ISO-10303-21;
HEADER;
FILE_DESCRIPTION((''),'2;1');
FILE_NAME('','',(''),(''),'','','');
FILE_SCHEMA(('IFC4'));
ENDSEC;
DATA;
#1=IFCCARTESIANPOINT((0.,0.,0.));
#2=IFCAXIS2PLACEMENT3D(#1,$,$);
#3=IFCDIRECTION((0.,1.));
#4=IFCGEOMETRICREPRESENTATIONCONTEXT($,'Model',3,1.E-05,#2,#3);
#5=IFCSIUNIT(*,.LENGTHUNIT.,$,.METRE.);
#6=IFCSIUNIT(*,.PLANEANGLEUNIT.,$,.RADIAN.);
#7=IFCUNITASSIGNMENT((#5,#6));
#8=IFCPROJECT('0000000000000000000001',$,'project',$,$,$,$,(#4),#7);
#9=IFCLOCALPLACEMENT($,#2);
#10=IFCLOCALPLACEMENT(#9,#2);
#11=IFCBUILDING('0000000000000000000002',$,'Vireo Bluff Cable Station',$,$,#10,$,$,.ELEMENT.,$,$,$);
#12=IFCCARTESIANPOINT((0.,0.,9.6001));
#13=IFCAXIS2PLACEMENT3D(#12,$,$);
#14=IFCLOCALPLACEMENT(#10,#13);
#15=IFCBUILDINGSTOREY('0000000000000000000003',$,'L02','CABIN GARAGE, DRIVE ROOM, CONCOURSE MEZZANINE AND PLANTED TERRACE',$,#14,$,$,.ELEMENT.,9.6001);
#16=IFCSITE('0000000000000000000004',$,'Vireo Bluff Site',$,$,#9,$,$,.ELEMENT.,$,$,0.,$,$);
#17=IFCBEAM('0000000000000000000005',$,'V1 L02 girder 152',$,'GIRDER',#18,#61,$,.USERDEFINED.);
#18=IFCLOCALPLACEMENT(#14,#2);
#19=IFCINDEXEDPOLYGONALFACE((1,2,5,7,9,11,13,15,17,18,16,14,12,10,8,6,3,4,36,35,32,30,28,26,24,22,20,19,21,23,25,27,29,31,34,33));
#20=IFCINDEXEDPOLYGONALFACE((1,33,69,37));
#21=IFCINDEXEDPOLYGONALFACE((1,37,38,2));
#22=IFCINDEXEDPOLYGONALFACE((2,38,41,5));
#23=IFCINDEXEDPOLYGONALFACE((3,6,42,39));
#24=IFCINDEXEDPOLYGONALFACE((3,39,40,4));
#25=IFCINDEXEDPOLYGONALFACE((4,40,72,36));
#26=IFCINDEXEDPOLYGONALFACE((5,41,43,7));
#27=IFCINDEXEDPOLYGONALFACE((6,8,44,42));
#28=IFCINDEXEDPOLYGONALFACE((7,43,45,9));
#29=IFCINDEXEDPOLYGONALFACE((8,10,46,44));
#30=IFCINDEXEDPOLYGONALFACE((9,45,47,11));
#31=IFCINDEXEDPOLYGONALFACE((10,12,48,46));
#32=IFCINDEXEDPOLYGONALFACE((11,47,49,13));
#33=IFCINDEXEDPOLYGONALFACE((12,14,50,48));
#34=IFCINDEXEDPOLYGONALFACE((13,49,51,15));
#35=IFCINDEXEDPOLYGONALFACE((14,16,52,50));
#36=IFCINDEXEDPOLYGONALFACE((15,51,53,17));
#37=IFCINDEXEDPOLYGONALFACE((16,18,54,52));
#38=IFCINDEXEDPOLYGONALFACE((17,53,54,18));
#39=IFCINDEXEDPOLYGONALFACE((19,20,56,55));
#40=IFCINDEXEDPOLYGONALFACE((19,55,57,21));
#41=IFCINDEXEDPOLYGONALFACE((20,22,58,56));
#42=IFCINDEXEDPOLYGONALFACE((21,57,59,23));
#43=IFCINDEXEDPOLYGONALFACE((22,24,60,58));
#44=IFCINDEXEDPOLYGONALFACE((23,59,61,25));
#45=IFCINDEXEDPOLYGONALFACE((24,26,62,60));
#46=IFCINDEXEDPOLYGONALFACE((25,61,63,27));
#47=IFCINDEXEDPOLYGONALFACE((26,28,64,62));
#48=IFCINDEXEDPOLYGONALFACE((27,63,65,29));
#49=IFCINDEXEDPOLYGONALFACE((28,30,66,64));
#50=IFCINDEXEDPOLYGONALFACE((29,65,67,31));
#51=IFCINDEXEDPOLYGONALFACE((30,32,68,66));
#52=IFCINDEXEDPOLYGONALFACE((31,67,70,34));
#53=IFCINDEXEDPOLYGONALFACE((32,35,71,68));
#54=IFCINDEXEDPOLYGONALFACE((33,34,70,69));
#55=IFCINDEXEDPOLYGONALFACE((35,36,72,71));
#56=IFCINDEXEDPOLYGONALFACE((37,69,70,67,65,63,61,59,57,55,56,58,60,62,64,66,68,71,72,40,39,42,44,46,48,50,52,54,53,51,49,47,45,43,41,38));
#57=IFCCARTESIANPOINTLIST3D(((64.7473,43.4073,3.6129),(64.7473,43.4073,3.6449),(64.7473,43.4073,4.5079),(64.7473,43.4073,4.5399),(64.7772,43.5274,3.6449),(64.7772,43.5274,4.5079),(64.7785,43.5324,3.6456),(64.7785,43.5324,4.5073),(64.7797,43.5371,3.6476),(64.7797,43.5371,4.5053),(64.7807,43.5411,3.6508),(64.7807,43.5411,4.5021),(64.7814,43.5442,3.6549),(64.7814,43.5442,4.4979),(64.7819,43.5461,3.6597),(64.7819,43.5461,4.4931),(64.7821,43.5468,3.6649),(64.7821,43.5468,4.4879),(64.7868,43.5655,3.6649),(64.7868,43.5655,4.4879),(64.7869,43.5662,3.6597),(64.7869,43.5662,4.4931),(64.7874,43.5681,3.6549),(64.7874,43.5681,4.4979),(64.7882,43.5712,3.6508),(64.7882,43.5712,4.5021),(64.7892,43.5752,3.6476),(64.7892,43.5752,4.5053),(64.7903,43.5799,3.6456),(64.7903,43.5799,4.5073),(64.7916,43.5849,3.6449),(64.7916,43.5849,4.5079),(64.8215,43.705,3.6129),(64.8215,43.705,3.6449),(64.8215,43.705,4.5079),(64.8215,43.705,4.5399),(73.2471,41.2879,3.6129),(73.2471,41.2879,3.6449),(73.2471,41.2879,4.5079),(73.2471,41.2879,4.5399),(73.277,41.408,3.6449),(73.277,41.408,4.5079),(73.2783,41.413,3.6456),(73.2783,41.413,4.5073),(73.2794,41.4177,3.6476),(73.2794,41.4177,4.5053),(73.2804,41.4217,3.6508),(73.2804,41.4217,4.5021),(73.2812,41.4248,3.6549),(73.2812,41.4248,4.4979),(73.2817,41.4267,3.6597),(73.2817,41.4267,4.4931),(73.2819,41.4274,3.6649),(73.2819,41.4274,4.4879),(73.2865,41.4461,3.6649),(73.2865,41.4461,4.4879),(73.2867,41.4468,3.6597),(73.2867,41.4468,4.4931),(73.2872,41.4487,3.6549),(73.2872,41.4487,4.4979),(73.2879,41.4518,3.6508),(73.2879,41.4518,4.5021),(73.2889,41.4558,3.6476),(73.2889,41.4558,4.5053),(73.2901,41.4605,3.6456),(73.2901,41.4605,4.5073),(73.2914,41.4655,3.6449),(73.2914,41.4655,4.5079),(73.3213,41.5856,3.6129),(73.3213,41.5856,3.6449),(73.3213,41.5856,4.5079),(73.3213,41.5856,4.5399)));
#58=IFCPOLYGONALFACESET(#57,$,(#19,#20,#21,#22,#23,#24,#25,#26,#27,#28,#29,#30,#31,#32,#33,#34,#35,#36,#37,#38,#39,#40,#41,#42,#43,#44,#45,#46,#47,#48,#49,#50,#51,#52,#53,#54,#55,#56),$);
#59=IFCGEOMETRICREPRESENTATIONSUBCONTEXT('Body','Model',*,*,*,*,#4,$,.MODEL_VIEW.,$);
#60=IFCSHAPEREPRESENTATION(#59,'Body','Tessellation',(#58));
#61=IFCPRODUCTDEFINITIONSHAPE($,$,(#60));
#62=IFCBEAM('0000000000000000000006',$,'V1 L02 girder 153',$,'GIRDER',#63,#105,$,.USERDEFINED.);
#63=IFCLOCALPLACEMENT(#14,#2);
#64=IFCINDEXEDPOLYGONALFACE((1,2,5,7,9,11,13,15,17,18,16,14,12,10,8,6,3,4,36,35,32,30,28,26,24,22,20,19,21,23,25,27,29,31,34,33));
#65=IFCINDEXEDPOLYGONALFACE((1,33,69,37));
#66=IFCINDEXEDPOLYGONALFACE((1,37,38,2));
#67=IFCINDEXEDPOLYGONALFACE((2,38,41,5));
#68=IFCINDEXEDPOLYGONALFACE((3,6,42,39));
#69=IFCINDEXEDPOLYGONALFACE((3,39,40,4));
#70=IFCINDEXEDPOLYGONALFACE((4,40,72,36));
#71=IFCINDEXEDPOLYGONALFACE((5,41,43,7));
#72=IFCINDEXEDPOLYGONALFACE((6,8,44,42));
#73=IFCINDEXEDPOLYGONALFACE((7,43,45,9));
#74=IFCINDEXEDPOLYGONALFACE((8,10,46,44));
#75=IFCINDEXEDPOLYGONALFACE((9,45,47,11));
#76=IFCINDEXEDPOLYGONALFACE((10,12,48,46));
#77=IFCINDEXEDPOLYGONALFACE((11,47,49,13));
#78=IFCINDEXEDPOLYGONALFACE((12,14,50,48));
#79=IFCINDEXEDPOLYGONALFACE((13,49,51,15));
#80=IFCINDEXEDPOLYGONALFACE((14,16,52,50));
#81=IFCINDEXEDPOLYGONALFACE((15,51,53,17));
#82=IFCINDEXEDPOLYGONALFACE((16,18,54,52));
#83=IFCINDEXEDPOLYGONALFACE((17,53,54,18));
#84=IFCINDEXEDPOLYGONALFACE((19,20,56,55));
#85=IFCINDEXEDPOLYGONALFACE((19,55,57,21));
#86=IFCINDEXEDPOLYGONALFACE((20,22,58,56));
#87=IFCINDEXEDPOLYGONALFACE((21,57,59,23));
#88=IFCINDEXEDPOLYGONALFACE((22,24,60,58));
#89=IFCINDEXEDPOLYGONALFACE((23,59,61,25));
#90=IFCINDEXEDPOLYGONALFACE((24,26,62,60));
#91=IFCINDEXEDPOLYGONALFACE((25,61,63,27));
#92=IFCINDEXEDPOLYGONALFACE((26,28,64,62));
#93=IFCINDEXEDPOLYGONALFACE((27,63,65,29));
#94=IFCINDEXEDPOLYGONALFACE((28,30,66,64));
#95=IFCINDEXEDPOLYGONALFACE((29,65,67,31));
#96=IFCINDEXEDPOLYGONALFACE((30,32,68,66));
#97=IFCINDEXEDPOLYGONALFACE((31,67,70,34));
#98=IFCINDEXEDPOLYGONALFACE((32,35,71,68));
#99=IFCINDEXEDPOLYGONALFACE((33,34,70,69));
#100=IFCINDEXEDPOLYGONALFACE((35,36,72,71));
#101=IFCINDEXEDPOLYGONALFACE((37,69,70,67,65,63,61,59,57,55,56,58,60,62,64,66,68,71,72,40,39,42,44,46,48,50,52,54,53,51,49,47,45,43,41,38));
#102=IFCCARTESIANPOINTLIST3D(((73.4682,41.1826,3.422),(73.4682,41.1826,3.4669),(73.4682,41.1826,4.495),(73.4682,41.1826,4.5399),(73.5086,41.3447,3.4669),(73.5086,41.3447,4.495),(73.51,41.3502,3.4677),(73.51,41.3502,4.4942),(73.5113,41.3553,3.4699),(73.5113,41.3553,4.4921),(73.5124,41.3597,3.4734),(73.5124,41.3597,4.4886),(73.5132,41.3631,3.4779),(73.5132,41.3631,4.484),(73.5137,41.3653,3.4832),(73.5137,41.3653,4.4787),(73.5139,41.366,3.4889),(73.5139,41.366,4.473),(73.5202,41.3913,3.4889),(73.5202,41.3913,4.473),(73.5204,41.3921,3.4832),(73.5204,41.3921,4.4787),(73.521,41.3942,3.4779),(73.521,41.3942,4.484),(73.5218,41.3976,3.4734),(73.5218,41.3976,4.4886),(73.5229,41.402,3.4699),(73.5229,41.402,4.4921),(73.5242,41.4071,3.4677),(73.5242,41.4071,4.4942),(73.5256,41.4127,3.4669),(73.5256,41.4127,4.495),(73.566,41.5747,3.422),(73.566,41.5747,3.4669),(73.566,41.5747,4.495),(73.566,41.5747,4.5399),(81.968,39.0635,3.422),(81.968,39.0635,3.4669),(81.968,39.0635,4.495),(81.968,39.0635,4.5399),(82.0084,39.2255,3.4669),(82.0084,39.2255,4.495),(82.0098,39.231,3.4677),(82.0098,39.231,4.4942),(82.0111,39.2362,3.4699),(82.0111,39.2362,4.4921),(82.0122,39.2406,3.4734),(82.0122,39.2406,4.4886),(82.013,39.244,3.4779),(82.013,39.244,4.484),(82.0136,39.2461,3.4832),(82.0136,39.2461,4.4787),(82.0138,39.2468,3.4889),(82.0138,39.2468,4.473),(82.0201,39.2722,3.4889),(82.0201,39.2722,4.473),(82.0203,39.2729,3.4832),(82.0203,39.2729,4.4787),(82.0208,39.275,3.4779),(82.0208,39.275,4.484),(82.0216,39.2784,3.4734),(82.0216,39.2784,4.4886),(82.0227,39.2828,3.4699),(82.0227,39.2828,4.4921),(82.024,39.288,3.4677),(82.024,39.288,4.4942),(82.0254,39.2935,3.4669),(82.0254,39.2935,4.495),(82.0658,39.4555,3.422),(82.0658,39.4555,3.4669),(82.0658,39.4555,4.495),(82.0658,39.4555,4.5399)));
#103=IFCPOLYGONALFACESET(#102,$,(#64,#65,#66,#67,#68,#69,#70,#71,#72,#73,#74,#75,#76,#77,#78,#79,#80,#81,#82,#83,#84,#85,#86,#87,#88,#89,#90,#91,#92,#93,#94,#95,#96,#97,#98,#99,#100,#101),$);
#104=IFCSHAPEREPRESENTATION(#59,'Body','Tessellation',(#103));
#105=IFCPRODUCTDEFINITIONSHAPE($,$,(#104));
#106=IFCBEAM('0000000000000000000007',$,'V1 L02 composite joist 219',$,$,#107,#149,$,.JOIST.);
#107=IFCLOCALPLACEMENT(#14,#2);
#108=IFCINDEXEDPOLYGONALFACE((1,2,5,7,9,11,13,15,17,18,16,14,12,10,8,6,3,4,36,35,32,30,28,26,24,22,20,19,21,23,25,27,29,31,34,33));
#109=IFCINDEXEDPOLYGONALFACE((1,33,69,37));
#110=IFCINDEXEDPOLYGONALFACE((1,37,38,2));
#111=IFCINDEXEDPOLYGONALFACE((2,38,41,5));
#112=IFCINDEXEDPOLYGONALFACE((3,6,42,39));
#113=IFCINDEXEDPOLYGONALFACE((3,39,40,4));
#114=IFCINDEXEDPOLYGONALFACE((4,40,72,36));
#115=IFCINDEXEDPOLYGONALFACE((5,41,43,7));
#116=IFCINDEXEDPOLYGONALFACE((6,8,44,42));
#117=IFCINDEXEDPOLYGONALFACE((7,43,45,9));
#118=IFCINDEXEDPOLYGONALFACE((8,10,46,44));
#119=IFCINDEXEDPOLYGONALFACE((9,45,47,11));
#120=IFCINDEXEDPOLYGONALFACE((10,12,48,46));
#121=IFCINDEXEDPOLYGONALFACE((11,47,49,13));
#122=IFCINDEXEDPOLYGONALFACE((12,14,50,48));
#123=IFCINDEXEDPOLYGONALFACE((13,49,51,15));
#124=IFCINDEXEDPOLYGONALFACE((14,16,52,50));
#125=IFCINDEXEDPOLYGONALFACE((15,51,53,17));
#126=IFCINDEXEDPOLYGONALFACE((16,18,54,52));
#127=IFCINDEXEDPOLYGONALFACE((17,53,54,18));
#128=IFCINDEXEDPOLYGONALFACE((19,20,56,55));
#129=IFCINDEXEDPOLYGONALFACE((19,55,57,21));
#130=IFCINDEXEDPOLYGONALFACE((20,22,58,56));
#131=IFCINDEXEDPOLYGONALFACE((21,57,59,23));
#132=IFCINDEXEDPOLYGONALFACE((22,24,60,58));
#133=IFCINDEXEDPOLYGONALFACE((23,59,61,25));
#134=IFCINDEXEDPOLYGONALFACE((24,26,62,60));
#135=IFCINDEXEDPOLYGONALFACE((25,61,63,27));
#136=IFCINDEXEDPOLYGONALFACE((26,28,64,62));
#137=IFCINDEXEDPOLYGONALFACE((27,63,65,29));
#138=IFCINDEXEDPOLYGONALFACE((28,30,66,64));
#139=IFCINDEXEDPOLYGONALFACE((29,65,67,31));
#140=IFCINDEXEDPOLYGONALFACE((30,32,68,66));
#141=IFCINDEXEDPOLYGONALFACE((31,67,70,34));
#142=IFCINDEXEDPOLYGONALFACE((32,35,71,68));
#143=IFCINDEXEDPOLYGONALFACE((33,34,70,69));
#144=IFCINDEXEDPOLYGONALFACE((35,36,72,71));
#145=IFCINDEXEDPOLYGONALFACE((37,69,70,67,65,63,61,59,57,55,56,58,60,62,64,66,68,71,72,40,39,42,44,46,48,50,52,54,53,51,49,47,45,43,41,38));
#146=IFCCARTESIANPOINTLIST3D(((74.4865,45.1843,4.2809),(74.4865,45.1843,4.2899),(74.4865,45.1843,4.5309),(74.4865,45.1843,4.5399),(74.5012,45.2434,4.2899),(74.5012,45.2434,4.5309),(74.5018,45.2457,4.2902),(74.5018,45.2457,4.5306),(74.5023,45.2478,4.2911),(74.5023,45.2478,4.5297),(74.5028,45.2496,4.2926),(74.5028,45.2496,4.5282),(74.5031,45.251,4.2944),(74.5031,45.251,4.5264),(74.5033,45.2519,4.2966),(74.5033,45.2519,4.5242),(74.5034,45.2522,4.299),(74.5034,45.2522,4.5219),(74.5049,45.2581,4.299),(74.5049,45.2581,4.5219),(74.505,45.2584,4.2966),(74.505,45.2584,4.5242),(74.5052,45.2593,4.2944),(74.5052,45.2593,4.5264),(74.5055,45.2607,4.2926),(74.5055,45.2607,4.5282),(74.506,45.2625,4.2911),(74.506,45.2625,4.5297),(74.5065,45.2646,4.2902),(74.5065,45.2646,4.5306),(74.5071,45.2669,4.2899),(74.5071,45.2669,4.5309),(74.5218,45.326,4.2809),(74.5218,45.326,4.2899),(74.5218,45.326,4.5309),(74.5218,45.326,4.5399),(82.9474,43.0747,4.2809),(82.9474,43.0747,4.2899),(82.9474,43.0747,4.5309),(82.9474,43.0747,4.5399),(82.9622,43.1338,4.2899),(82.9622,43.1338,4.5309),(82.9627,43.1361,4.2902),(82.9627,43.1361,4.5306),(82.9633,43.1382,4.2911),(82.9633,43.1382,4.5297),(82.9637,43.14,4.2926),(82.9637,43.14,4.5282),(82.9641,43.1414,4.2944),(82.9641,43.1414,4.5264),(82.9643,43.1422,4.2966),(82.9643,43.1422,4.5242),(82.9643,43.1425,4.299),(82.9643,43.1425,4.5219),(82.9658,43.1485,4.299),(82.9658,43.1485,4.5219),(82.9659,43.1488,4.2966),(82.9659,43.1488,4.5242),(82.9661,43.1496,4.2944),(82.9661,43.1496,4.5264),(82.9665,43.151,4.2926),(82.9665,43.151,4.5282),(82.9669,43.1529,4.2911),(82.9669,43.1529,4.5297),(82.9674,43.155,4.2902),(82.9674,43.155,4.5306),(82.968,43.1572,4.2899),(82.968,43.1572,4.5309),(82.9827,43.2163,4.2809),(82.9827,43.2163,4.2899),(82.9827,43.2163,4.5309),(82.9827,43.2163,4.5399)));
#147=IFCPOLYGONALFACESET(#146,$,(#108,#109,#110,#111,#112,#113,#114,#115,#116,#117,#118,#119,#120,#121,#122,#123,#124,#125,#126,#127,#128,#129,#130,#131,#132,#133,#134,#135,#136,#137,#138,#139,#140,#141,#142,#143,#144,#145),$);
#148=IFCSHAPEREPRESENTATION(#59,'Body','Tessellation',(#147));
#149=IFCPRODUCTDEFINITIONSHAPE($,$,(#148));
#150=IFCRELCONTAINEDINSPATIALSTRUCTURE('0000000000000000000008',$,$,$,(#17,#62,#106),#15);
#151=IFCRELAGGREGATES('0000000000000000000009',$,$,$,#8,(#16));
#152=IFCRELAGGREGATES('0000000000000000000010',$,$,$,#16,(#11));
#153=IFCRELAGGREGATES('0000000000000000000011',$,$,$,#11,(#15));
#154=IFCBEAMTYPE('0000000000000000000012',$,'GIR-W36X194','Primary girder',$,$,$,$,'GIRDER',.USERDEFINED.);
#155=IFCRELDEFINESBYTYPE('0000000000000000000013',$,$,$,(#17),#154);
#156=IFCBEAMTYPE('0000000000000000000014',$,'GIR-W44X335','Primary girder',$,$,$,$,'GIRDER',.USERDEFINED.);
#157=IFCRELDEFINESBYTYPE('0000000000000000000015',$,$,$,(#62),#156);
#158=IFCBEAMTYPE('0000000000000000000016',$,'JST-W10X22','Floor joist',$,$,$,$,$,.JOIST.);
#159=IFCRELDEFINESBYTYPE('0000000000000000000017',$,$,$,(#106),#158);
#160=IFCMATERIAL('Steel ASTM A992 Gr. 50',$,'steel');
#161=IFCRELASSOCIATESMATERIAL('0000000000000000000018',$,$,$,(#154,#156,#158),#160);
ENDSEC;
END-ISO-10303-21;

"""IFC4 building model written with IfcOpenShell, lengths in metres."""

from ifc_helpers import new_model, si_unit, direction, frame, origin, origin_2d, place, context, subcontext, project, spatial, i_section, extrude, material, material_profile, profile_set, type_object, element, save


model = new_model("IFC4")

# Units and contexts
model_context = context("Model", 3, precision=1e-05, world=origin(), true_north=direction((0.0, 1.0)))
body_context = subcontext(model_context, "Body", "Model", "MODEL_VIEW")
ifc_project = project(units=[si_unit("LENGTHUNIT", "METRE"), si_unit("PLANEANGLEUNIT", "RADIAN")], contexts=[model_context])

# Site, building, storey
site_placement = place(None, origin())
site = spatial("IfcSite", under=ifc_project, at=site_placement, Name="Vireo Bluff Site", CompositionType="ELEMENT", RefElevation=0.0)
building_placement = place(site_placement, origin())
building = spatial("IfcBuilding", under=site, at=building_placement, Name="Vireo Bluff Cable Station", CompositionType="ELEMENT")
storey_placement = place(building_placement, frame((0.0, 0.0, 9.6001)))
storey = spatial("IfcBuildingStorey", under=building, at=storey_placement, Name="L02", Description="CABIN GARAGE, DRIVE ROOM, CONCOURSE MEZZANINE AND PLANTED TERRACE", CompositionType="ELEMENT", Elevation=9.6001)

# Shared definitions
ifc_material_1 = material(Name="Steel ASTM A992 Gr. 50", Category="steel")

# Beams
ifc_material_profile_1 = material_profile(ifc_material_1, i_section(OverallWidth=0.3069, OverallDepth=0.927, WebThickness=0.0193, FlangeThickness=0.032, FilletRadius=0.02, at=origin_2d()), Name="W36X194")
ifc_profile_set_1 = profile_set([ifc_material_profile_1], Name="Steel ASTM A992 Gr. 50")
beam_type_1 = type_object("IfcBeamType", Name="GIR-W36X194", Description="Primary girder", ElementType="GIRDER", PredefinedType="USERDEFINED", material=ifc_profile_set_1)
beam_1_placement = place(storey_placement, frame((64.7844, 43.5562, 4.0764), z_axis=(0.970292, -0.241939, 0.0), x_axis=(0.241939, 0.970292, 0.0)))
element("IfcBeam", 1, at=beam_1_placement, inside=storey, type_object=beam_type_1, Name="V1 L02 girder 152", ObjectType="GIRDER", PredefinedType="USERDEFINED", context=body_context, shape_type="SweptSolid", body=[
    extrude(i_section(OverallWidth=0.3069, OverallDepth=0.927, WebThickness=0.0193, FlangeThickness=0.032, FilletRadius=0.02, at=origin_2d()), origin(), (0.0, 0.0, 1.0), 8.76),
])
ifc_material_profile_2 = material_profile(ifc_material_1, i_section(OverallWidth=0.4041, OverallDepth=1.1179, WebThickness=0.0261, FlangeThickness=0.0449, FilletRadius=0.022, at=origin_2d()), Name="W44X335")
ifc_profile_set_2 = profile_set([ifc_material_profile_2], Name="Steel ASTM A992 Gr. 50")
beam_type_2 = type_object("IfcBeamType", Name="GIR-W44X335", Description="Primary girder", ElementType="GIRDER", PredefinedType="USERDEFINED", material=ifc_profile_set_2)
beam_2_placement = place(storey_placement, frame((73.5171, 41.3787, 3.981), z_axis=(0.970298, -0.241913, 0.0), x_axis=(0.241913, 0.970298, 0.0)))
element("IfcBeam", 2, at=beam_2_placement, inside=storey, type_object=beam_type_2, Name="V1 L02 girder 153", ObjectType="GIRDER", PredefinedType="USERDEFINED", context=body_context, shape_type="SweptSolid", body=[
    extrude(i_section(OverallWidth=0.4041, OverallDepth=1.1179, WebThickness=0.0261, FlangeThickness=0.0449, FilletRadius=0.022, at=origin_2d()), origin(), (0.0, 0.0, 1.0), 8.76),
])
ifc_material_profile_3 = material_profile(ifc_material_1, i_section(OverallWidth=0.146, OverallDepth=0.259, WebThickness=0.0061, FlangeThickness=0.009, FilletRadius=0.009, at=origin_2d()), Name="W10X22")
ifc_profile_set_3 = profile_set([ifc_material_profile_3], Name="Steel ASTM A992 Gr. 50")
beam_type_3 = type_object("IfcBeamType", Name="JST-W10X22", Description="Floor joist", PredefinedType="JOIST", material=ifc_profile_set_3)
beam_3_placement = place(storey_placement, frame((74.5042, 45.2551, 4.4104), z_axis=(0.970294, -0.24193, 0.0), x_axis=(0.24193, 0.970294, 0.0)))
element("IfcBeam", 3, at=beam_3_placement, inside=storey, type_object=beam_type_3, Name="V1 L02 composite joist 219", PredefinedType="JOIST", context=body_context, shape_type="SweptSolid", body=[
    extrude(i_section(OverallWidth=0.146, OverallDepth=0.259, WebThickness=0.0061, FlangeThickness=0.009, FilletRadius=0.009, at=origin_2d()), origin(), (0.0, 0.0, 1.0), 8.72),
])

save(model, "model.ifc")
